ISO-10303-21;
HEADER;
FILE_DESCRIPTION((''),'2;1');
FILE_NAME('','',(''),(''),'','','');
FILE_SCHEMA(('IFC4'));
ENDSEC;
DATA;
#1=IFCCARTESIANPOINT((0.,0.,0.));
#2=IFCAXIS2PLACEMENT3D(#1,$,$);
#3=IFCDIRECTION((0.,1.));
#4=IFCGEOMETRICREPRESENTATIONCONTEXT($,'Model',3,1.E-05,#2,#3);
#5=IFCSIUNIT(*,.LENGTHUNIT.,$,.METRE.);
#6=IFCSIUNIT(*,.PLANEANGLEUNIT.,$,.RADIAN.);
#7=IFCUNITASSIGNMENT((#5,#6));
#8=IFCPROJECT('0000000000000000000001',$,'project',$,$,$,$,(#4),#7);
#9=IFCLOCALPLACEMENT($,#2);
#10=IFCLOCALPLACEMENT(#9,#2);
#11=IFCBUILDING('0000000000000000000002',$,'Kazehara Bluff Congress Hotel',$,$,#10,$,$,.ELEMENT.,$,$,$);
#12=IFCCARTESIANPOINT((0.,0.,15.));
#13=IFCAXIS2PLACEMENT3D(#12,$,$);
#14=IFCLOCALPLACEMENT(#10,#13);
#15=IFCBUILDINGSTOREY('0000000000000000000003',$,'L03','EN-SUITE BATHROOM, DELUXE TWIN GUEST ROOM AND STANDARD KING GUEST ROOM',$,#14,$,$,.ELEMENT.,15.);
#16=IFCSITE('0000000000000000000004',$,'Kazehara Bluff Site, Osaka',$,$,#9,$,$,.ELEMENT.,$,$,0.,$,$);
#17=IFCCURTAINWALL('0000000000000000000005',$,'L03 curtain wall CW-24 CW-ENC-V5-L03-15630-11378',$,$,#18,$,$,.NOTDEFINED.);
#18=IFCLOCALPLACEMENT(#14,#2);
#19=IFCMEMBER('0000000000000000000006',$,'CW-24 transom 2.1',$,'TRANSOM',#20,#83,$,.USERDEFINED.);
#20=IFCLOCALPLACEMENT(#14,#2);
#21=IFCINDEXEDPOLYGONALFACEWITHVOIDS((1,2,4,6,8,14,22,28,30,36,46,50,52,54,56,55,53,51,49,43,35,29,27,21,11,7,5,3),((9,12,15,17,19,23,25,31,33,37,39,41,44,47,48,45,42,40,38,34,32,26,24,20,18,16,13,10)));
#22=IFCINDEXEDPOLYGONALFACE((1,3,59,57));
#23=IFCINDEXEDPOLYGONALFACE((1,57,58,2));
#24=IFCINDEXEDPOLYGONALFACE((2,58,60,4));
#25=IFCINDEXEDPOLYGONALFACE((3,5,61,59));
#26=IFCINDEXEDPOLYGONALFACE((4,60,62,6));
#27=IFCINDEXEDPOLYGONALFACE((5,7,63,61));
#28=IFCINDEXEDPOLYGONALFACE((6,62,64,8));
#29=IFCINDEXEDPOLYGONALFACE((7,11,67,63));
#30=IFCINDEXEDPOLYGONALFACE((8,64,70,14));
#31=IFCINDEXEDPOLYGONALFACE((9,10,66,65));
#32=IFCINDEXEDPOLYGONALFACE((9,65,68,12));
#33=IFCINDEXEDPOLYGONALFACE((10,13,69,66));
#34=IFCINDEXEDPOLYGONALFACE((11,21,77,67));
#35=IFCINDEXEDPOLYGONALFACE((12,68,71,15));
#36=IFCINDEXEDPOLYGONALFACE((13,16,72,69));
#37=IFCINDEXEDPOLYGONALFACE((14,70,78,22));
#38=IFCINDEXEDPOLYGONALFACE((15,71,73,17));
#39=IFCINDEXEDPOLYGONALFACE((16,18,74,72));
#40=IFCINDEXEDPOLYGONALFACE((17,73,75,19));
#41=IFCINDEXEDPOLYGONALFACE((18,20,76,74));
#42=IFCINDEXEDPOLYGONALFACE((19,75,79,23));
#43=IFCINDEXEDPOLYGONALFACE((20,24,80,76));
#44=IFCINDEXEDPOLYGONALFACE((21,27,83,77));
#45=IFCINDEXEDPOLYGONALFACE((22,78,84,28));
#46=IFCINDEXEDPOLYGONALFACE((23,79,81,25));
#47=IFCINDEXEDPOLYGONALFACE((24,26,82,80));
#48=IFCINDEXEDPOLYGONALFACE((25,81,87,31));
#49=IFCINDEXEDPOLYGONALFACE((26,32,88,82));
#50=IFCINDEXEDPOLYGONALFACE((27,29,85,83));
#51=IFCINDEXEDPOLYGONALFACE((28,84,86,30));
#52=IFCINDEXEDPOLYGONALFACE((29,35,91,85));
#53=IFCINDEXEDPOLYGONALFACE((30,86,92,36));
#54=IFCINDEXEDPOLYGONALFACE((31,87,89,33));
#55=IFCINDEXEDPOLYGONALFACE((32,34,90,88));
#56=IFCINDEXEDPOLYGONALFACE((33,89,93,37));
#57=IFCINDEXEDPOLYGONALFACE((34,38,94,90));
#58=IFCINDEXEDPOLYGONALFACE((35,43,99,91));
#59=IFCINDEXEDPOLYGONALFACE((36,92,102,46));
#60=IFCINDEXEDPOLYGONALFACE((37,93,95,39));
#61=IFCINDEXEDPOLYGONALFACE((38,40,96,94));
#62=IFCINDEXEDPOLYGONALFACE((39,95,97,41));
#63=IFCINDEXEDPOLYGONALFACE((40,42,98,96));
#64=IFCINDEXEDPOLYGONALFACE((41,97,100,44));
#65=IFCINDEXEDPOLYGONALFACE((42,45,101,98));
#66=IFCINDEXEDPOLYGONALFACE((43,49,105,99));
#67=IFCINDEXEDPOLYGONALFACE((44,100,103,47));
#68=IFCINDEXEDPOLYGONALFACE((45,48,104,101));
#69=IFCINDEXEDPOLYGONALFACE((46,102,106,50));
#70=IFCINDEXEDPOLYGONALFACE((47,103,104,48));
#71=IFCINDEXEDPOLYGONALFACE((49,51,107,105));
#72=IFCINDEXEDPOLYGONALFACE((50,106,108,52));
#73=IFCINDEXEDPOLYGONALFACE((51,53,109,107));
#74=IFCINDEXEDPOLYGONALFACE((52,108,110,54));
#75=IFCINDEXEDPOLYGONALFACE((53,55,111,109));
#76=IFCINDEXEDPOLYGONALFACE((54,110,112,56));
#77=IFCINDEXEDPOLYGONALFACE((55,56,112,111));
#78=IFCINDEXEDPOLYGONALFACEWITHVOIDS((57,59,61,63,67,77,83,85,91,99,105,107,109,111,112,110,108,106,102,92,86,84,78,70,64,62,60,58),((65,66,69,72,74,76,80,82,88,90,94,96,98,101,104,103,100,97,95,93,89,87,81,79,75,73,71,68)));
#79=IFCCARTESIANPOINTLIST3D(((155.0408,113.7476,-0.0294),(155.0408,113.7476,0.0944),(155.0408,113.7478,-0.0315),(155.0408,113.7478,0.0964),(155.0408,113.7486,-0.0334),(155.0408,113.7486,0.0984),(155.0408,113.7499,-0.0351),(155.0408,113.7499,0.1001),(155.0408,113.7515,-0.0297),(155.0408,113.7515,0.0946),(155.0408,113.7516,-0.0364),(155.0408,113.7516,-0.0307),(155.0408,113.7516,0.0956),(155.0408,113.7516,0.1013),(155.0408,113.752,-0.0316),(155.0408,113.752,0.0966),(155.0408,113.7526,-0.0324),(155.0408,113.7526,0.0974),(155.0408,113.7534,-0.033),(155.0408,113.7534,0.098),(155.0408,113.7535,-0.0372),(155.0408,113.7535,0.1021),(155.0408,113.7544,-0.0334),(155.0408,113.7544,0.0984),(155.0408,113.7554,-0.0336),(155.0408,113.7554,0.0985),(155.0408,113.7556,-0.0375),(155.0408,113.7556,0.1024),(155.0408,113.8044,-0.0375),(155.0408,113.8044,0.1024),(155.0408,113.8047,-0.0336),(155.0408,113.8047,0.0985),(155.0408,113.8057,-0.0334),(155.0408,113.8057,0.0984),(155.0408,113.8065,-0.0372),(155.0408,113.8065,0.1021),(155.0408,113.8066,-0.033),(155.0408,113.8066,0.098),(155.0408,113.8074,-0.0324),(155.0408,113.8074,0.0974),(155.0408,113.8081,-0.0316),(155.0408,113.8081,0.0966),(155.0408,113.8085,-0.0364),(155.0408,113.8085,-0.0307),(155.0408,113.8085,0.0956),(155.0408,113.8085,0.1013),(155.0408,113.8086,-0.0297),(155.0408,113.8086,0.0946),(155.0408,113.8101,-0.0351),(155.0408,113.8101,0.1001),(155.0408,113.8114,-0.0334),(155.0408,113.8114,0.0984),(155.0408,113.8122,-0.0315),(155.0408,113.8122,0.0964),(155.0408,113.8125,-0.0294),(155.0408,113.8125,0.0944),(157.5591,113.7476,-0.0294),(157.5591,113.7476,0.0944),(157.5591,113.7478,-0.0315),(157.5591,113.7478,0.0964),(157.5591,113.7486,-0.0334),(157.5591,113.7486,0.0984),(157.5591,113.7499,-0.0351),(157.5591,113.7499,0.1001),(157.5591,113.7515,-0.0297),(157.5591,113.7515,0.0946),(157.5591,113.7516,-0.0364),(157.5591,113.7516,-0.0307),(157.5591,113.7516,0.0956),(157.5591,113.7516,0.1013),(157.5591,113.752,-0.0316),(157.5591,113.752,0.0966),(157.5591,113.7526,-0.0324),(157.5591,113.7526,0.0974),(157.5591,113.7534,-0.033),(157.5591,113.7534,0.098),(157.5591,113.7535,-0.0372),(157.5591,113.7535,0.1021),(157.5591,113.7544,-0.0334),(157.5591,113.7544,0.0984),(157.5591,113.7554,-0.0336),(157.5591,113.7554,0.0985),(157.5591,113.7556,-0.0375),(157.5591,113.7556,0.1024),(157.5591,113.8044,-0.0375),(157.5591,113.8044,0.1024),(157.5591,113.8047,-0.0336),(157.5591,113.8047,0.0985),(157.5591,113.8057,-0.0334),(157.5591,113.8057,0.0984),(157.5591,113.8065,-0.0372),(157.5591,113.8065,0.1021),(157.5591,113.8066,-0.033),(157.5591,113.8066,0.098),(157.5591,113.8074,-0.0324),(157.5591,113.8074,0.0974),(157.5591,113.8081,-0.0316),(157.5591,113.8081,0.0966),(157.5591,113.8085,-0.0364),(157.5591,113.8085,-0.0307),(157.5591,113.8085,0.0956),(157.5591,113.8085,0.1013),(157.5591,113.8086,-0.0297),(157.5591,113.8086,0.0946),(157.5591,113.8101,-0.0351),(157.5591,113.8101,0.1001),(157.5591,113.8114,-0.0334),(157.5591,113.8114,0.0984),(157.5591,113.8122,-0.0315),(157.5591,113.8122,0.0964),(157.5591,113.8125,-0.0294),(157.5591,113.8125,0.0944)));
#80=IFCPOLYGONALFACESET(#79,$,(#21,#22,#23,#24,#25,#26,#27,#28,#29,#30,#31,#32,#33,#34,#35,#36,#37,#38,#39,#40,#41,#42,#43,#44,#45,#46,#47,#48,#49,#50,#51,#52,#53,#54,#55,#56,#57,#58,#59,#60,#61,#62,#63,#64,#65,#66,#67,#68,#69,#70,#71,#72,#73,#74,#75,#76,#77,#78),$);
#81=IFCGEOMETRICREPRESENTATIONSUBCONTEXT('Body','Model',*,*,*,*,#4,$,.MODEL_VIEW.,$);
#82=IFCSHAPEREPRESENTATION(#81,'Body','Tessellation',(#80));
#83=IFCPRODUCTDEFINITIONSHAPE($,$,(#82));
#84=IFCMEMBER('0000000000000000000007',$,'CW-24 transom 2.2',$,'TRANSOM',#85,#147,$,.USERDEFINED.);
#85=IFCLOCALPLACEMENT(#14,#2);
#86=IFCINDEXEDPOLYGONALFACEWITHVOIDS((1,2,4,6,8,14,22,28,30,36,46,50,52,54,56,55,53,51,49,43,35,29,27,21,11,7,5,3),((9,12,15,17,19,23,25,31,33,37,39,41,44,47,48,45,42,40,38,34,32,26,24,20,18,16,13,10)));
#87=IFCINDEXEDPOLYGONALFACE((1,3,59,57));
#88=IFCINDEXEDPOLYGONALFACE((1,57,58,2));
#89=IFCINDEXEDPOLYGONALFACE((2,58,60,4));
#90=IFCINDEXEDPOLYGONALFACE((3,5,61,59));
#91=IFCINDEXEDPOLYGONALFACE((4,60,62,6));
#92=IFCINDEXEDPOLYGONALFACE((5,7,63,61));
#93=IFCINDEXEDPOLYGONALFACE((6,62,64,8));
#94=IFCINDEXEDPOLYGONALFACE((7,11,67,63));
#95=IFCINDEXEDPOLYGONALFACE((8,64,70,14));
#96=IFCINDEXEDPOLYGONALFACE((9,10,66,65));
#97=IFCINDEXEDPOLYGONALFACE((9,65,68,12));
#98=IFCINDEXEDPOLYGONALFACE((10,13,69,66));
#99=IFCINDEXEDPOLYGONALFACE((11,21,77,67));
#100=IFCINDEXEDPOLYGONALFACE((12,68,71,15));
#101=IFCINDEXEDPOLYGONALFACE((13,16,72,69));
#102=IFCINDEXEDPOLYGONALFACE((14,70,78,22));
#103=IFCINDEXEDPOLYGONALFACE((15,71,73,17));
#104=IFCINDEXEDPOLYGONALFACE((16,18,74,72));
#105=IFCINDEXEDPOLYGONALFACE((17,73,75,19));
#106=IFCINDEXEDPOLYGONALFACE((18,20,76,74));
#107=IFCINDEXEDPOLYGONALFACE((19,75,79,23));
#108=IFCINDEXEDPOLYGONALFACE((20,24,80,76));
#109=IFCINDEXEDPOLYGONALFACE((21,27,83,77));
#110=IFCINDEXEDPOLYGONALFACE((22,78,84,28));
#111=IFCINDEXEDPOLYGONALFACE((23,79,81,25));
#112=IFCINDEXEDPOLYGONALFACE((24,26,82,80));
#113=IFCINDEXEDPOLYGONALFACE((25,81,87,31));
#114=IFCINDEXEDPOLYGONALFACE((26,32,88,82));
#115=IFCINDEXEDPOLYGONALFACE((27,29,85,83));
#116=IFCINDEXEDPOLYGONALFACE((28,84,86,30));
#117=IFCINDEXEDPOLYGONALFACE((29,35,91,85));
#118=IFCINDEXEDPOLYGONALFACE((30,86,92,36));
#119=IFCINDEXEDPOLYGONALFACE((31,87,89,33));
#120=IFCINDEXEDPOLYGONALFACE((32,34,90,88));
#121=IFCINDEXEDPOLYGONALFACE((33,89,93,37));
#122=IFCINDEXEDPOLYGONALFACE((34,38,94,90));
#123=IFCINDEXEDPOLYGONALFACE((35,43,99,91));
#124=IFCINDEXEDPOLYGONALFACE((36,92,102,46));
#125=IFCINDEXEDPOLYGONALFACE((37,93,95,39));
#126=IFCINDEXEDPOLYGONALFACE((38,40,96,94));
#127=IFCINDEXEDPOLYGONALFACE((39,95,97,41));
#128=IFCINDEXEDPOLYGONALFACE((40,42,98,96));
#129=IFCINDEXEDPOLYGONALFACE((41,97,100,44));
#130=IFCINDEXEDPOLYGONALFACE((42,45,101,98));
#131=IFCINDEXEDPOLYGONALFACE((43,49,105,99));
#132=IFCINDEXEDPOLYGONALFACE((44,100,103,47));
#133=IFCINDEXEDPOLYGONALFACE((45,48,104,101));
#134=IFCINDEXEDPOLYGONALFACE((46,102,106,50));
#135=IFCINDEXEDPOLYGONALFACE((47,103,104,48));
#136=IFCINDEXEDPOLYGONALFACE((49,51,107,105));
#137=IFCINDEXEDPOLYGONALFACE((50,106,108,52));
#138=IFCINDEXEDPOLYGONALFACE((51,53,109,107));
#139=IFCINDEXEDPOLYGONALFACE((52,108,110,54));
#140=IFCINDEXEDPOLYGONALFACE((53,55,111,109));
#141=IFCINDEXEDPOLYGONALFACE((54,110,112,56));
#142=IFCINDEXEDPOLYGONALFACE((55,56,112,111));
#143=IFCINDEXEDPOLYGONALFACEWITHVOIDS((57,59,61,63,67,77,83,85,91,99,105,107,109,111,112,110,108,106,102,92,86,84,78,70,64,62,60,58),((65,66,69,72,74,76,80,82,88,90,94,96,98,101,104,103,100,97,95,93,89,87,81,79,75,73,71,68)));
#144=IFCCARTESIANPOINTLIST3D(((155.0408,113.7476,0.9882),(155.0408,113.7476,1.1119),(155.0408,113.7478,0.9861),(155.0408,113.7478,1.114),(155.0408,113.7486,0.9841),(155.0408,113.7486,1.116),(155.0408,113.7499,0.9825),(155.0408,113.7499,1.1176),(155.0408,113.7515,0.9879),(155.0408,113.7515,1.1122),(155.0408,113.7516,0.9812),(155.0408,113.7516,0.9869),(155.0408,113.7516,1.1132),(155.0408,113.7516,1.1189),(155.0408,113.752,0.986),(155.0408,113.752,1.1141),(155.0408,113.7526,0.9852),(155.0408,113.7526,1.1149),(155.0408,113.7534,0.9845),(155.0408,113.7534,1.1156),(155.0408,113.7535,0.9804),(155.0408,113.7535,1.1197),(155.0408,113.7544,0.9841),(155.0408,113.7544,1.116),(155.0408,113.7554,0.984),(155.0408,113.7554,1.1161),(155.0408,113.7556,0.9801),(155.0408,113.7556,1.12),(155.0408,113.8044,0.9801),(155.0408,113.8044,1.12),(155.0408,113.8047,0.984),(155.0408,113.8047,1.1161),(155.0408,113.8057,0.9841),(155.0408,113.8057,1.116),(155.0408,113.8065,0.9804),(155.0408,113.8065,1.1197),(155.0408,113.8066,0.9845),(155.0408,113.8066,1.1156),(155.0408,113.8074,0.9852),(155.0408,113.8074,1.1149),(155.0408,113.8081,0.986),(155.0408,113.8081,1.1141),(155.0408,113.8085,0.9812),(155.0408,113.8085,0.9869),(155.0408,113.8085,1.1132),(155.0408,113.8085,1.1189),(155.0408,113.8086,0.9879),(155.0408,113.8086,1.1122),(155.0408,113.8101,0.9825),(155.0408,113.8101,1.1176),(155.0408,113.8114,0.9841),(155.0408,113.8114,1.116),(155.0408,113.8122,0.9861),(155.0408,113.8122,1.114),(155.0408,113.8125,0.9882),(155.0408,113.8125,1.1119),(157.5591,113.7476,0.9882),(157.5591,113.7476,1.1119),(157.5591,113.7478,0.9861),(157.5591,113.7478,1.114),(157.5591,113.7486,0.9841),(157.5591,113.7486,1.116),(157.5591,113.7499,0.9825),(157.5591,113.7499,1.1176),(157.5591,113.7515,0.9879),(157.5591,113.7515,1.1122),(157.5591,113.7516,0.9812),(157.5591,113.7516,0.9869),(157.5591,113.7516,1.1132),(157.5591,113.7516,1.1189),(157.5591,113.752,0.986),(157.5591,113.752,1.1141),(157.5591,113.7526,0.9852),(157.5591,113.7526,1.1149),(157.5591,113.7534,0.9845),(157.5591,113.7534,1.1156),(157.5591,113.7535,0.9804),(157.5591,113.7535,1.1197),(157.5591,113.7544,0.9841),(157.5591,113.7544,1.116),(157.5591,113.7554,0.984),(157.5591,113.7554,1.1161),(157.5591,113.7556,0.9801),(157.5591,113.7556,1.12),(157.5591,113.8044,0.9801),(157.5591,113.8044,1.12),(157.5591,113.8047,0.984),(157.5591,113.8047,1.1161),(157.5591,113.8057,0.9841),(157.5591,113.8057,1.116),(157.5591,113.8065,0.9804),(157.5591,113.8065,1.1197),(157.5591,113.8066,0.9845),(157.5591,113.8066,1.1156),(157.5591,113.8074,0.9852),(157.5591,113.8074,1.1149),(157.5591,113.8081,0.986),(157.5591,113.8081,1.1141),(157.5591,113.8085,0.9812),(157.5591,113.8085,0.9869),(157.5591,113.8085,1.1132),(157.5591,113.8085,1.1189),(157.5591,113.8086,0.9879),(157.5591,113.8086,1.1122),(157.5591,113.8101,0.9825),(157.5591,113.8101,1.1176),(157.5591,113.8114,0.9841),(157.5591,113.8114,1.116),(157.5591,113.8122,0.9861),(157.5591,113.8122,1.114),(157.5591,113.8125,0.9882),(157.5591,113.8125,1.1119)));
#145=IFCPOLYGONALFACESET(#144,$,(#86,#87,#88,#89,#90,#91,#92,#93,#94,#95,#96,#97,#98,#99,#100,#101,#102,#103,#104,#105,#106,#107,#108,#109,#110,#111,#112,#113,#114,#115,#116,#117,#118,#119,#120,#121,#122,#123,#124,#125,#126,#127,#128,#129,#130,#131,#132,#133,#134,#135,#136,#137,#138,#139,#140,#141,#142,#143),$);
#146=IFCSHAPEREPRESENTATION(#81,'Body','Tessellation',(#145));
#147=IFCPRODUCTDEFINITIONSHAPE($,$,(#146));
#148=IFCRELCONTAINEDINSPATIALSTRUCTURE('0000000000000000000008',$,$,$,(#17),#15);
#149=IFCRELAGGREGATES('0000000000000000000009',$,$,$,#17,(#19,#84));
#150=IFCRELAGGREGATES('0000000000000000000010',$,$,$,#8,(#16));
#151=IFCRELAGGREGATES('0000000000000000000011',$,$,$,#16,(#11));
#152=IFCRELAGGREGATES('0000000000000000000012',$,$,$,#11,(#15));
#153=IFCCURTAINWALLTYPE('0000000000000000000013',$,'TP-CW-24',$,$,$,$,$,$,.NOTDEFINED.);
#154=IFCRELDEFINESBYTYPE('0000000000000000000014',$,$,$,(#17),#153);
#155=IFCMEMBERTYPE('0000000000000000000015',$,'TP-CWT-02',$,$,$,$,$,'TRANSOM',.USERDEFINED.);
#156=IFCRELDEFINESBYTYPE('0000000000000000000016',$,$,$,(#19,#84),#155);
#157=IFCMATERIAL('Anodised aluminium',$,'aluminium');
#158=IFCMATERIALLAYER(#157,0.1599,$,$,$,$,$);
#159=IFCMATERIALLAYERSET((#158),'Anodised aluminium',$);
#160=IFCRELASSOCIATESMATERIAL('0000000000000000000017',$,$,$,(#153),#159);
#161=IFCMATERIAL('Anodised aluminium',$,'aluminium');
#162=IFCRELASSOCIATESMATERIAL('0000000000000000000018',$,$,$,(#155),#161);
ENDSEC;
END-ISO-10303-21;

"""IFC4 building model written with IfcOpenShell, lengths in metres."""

from ifc_helpers import new_model, si_unit, direction, frame, origin, origin_2d, place, context, subcontext, project, spatial, hollow_rectangle, extrude, material, layer, layer_set, material_profile, profile_set, type_object, element, aggregate, save


model = new_model("IFC4")

# Units and contexts
model_context = context("Model", 3, precision=1e-05, world=origin(), true_north=direction((0.0, 1.0)))
body_context = subcontext(model_context, "Body", "Model", "MODEL_VIEW")
ifc_project = project(units=[si_unit("LENGTHUNIT", "METRE"), si_unit("PLANEANGLEUNIT", "RADIAN")], contexts=[model_context])

# Site, building, storey
site_placement = place(None, origin())
site = spatial("IfcSite", under=ifc_project, at=site_placement, Name="Kazehara Bluff Site, Osaka", CompositionType="ELEMENT", RefElevation=0.0)
building_placement = place(site_placement, origin())
building = spatial("IfcBuilding", under=site, at=building_placement, Name="Kazehara Bluff Congress Hotel", CompositionType="ELEMENT")
storey_placement = place(building_placement, frame((0.0, 0.0, 15.0)))
storey = spatial("IfcBuildingStorey", under=building, at=storey_placement, Name="L03", Description="EN-SUITE BATHROOM, DELUXE TWIN GUEST ROOM AND STANDARD KING GUEST ROOM", CompositionType="ELEMENT", Elevation=15.0)

# Shared definitions
ifc_material_1 = material(Name="Anodised aluminium", Category="aluminium")
ifc_layer_1 = layer(ifc_material_1, 0.1599)
ifc_layer_set_1 = layer_set([ifc_layer_1], Name="Anodised aluminium")
curtain_wall_type = type_object("IfcCurtainWallType", Name="TP-CW-24", PredefinedType="NOTDEFINED", material=ifc_layer_set_1)

# Curtain wall
curtain_wall_1_placement = place(storey_placement, origin())
curtain_wall_1 = element("IfcCurtainWall", 1, at=curtain_wall_1_placement, inside=storey, type_object=curtain_wall_type, Name="L03 curtain wall CW-24 CW-ENC-V5-L03-15630-11378", PredefinedType="NOTDEFINED")

# Members
ifc_material_2 = material(Name="Anodised aluminium", Category="aluminium")
ifc_material_profile_1 = material_profile(ifc_material_2, hollow_rectangle(XDim=0.0649, YDim=0.1399, WallThickness=0.0039, InnerFilletRadius=0.0039, OuterFilletRadius=0.0081, at=origin_2d()))
ifc_profile_set_1 = profile_set([ifc_material_profile_1], Name="Anodised aluminium")
member_type_1 = type_object("IfcMemberType", Name="TP-CWT-02", ElementType="TRANSOM", PredefinedType="USERDEFINED", material=ifc_profile_set_1)
member_1_placement = place(storey_placement, frame((155.0408, 113.78, 0.0325), z_axis=(1.0, 0.0, 0.0), x_axis=(0.0, 1.0, 0.0)))
member_1 = element("IfcMember", 2, at=member_1_placement, type_object=member_type_1, Name="CW-24 transom 2.1", ObjectType="TRANSOM", PredefinedType="USERDEFINED", context=body_context, shape_type="SweptSolid", body=[
    extrude(hollow_rectangle(XDim=0.0649, YDim=0.1399, WallThickness=0.0039, InnerFilletRadius=0.0039, OuterFilletRadius=0.0081, at=origin_2d()), origin(), (0.0, 0.0, 1.0), 2.5183),
])
member_2_placement = place(storey_placement, frame((155.0408, 113.78, 1.05), z_axis=(1.0, 0.0, 0.0), x_axis=(0.0, 1.0, 0.0)))
member_2 = element("IfcMember", 3, at=member_2_placement, type_object=member_type_1, Name="CW-24 transom 2.2", ObjectType="TRANSOM", PredefinedType="USERDEFINED", context=body_context, shape_type="SweptSolid", body=[
    extrude(hollow_rectangle(XDim=0.0649, YDim=0.1399, WallThickness=0.0039, InnerFilletRadius=0.0039, OuterFilletRadius=0.0081, at=origin_2d()), origin(), (0.0, 0.0, 1.0), 2.5183),
])

aggregate(curtain_wall_1, [member_1, member_2])

save(model, "model.ifc")
